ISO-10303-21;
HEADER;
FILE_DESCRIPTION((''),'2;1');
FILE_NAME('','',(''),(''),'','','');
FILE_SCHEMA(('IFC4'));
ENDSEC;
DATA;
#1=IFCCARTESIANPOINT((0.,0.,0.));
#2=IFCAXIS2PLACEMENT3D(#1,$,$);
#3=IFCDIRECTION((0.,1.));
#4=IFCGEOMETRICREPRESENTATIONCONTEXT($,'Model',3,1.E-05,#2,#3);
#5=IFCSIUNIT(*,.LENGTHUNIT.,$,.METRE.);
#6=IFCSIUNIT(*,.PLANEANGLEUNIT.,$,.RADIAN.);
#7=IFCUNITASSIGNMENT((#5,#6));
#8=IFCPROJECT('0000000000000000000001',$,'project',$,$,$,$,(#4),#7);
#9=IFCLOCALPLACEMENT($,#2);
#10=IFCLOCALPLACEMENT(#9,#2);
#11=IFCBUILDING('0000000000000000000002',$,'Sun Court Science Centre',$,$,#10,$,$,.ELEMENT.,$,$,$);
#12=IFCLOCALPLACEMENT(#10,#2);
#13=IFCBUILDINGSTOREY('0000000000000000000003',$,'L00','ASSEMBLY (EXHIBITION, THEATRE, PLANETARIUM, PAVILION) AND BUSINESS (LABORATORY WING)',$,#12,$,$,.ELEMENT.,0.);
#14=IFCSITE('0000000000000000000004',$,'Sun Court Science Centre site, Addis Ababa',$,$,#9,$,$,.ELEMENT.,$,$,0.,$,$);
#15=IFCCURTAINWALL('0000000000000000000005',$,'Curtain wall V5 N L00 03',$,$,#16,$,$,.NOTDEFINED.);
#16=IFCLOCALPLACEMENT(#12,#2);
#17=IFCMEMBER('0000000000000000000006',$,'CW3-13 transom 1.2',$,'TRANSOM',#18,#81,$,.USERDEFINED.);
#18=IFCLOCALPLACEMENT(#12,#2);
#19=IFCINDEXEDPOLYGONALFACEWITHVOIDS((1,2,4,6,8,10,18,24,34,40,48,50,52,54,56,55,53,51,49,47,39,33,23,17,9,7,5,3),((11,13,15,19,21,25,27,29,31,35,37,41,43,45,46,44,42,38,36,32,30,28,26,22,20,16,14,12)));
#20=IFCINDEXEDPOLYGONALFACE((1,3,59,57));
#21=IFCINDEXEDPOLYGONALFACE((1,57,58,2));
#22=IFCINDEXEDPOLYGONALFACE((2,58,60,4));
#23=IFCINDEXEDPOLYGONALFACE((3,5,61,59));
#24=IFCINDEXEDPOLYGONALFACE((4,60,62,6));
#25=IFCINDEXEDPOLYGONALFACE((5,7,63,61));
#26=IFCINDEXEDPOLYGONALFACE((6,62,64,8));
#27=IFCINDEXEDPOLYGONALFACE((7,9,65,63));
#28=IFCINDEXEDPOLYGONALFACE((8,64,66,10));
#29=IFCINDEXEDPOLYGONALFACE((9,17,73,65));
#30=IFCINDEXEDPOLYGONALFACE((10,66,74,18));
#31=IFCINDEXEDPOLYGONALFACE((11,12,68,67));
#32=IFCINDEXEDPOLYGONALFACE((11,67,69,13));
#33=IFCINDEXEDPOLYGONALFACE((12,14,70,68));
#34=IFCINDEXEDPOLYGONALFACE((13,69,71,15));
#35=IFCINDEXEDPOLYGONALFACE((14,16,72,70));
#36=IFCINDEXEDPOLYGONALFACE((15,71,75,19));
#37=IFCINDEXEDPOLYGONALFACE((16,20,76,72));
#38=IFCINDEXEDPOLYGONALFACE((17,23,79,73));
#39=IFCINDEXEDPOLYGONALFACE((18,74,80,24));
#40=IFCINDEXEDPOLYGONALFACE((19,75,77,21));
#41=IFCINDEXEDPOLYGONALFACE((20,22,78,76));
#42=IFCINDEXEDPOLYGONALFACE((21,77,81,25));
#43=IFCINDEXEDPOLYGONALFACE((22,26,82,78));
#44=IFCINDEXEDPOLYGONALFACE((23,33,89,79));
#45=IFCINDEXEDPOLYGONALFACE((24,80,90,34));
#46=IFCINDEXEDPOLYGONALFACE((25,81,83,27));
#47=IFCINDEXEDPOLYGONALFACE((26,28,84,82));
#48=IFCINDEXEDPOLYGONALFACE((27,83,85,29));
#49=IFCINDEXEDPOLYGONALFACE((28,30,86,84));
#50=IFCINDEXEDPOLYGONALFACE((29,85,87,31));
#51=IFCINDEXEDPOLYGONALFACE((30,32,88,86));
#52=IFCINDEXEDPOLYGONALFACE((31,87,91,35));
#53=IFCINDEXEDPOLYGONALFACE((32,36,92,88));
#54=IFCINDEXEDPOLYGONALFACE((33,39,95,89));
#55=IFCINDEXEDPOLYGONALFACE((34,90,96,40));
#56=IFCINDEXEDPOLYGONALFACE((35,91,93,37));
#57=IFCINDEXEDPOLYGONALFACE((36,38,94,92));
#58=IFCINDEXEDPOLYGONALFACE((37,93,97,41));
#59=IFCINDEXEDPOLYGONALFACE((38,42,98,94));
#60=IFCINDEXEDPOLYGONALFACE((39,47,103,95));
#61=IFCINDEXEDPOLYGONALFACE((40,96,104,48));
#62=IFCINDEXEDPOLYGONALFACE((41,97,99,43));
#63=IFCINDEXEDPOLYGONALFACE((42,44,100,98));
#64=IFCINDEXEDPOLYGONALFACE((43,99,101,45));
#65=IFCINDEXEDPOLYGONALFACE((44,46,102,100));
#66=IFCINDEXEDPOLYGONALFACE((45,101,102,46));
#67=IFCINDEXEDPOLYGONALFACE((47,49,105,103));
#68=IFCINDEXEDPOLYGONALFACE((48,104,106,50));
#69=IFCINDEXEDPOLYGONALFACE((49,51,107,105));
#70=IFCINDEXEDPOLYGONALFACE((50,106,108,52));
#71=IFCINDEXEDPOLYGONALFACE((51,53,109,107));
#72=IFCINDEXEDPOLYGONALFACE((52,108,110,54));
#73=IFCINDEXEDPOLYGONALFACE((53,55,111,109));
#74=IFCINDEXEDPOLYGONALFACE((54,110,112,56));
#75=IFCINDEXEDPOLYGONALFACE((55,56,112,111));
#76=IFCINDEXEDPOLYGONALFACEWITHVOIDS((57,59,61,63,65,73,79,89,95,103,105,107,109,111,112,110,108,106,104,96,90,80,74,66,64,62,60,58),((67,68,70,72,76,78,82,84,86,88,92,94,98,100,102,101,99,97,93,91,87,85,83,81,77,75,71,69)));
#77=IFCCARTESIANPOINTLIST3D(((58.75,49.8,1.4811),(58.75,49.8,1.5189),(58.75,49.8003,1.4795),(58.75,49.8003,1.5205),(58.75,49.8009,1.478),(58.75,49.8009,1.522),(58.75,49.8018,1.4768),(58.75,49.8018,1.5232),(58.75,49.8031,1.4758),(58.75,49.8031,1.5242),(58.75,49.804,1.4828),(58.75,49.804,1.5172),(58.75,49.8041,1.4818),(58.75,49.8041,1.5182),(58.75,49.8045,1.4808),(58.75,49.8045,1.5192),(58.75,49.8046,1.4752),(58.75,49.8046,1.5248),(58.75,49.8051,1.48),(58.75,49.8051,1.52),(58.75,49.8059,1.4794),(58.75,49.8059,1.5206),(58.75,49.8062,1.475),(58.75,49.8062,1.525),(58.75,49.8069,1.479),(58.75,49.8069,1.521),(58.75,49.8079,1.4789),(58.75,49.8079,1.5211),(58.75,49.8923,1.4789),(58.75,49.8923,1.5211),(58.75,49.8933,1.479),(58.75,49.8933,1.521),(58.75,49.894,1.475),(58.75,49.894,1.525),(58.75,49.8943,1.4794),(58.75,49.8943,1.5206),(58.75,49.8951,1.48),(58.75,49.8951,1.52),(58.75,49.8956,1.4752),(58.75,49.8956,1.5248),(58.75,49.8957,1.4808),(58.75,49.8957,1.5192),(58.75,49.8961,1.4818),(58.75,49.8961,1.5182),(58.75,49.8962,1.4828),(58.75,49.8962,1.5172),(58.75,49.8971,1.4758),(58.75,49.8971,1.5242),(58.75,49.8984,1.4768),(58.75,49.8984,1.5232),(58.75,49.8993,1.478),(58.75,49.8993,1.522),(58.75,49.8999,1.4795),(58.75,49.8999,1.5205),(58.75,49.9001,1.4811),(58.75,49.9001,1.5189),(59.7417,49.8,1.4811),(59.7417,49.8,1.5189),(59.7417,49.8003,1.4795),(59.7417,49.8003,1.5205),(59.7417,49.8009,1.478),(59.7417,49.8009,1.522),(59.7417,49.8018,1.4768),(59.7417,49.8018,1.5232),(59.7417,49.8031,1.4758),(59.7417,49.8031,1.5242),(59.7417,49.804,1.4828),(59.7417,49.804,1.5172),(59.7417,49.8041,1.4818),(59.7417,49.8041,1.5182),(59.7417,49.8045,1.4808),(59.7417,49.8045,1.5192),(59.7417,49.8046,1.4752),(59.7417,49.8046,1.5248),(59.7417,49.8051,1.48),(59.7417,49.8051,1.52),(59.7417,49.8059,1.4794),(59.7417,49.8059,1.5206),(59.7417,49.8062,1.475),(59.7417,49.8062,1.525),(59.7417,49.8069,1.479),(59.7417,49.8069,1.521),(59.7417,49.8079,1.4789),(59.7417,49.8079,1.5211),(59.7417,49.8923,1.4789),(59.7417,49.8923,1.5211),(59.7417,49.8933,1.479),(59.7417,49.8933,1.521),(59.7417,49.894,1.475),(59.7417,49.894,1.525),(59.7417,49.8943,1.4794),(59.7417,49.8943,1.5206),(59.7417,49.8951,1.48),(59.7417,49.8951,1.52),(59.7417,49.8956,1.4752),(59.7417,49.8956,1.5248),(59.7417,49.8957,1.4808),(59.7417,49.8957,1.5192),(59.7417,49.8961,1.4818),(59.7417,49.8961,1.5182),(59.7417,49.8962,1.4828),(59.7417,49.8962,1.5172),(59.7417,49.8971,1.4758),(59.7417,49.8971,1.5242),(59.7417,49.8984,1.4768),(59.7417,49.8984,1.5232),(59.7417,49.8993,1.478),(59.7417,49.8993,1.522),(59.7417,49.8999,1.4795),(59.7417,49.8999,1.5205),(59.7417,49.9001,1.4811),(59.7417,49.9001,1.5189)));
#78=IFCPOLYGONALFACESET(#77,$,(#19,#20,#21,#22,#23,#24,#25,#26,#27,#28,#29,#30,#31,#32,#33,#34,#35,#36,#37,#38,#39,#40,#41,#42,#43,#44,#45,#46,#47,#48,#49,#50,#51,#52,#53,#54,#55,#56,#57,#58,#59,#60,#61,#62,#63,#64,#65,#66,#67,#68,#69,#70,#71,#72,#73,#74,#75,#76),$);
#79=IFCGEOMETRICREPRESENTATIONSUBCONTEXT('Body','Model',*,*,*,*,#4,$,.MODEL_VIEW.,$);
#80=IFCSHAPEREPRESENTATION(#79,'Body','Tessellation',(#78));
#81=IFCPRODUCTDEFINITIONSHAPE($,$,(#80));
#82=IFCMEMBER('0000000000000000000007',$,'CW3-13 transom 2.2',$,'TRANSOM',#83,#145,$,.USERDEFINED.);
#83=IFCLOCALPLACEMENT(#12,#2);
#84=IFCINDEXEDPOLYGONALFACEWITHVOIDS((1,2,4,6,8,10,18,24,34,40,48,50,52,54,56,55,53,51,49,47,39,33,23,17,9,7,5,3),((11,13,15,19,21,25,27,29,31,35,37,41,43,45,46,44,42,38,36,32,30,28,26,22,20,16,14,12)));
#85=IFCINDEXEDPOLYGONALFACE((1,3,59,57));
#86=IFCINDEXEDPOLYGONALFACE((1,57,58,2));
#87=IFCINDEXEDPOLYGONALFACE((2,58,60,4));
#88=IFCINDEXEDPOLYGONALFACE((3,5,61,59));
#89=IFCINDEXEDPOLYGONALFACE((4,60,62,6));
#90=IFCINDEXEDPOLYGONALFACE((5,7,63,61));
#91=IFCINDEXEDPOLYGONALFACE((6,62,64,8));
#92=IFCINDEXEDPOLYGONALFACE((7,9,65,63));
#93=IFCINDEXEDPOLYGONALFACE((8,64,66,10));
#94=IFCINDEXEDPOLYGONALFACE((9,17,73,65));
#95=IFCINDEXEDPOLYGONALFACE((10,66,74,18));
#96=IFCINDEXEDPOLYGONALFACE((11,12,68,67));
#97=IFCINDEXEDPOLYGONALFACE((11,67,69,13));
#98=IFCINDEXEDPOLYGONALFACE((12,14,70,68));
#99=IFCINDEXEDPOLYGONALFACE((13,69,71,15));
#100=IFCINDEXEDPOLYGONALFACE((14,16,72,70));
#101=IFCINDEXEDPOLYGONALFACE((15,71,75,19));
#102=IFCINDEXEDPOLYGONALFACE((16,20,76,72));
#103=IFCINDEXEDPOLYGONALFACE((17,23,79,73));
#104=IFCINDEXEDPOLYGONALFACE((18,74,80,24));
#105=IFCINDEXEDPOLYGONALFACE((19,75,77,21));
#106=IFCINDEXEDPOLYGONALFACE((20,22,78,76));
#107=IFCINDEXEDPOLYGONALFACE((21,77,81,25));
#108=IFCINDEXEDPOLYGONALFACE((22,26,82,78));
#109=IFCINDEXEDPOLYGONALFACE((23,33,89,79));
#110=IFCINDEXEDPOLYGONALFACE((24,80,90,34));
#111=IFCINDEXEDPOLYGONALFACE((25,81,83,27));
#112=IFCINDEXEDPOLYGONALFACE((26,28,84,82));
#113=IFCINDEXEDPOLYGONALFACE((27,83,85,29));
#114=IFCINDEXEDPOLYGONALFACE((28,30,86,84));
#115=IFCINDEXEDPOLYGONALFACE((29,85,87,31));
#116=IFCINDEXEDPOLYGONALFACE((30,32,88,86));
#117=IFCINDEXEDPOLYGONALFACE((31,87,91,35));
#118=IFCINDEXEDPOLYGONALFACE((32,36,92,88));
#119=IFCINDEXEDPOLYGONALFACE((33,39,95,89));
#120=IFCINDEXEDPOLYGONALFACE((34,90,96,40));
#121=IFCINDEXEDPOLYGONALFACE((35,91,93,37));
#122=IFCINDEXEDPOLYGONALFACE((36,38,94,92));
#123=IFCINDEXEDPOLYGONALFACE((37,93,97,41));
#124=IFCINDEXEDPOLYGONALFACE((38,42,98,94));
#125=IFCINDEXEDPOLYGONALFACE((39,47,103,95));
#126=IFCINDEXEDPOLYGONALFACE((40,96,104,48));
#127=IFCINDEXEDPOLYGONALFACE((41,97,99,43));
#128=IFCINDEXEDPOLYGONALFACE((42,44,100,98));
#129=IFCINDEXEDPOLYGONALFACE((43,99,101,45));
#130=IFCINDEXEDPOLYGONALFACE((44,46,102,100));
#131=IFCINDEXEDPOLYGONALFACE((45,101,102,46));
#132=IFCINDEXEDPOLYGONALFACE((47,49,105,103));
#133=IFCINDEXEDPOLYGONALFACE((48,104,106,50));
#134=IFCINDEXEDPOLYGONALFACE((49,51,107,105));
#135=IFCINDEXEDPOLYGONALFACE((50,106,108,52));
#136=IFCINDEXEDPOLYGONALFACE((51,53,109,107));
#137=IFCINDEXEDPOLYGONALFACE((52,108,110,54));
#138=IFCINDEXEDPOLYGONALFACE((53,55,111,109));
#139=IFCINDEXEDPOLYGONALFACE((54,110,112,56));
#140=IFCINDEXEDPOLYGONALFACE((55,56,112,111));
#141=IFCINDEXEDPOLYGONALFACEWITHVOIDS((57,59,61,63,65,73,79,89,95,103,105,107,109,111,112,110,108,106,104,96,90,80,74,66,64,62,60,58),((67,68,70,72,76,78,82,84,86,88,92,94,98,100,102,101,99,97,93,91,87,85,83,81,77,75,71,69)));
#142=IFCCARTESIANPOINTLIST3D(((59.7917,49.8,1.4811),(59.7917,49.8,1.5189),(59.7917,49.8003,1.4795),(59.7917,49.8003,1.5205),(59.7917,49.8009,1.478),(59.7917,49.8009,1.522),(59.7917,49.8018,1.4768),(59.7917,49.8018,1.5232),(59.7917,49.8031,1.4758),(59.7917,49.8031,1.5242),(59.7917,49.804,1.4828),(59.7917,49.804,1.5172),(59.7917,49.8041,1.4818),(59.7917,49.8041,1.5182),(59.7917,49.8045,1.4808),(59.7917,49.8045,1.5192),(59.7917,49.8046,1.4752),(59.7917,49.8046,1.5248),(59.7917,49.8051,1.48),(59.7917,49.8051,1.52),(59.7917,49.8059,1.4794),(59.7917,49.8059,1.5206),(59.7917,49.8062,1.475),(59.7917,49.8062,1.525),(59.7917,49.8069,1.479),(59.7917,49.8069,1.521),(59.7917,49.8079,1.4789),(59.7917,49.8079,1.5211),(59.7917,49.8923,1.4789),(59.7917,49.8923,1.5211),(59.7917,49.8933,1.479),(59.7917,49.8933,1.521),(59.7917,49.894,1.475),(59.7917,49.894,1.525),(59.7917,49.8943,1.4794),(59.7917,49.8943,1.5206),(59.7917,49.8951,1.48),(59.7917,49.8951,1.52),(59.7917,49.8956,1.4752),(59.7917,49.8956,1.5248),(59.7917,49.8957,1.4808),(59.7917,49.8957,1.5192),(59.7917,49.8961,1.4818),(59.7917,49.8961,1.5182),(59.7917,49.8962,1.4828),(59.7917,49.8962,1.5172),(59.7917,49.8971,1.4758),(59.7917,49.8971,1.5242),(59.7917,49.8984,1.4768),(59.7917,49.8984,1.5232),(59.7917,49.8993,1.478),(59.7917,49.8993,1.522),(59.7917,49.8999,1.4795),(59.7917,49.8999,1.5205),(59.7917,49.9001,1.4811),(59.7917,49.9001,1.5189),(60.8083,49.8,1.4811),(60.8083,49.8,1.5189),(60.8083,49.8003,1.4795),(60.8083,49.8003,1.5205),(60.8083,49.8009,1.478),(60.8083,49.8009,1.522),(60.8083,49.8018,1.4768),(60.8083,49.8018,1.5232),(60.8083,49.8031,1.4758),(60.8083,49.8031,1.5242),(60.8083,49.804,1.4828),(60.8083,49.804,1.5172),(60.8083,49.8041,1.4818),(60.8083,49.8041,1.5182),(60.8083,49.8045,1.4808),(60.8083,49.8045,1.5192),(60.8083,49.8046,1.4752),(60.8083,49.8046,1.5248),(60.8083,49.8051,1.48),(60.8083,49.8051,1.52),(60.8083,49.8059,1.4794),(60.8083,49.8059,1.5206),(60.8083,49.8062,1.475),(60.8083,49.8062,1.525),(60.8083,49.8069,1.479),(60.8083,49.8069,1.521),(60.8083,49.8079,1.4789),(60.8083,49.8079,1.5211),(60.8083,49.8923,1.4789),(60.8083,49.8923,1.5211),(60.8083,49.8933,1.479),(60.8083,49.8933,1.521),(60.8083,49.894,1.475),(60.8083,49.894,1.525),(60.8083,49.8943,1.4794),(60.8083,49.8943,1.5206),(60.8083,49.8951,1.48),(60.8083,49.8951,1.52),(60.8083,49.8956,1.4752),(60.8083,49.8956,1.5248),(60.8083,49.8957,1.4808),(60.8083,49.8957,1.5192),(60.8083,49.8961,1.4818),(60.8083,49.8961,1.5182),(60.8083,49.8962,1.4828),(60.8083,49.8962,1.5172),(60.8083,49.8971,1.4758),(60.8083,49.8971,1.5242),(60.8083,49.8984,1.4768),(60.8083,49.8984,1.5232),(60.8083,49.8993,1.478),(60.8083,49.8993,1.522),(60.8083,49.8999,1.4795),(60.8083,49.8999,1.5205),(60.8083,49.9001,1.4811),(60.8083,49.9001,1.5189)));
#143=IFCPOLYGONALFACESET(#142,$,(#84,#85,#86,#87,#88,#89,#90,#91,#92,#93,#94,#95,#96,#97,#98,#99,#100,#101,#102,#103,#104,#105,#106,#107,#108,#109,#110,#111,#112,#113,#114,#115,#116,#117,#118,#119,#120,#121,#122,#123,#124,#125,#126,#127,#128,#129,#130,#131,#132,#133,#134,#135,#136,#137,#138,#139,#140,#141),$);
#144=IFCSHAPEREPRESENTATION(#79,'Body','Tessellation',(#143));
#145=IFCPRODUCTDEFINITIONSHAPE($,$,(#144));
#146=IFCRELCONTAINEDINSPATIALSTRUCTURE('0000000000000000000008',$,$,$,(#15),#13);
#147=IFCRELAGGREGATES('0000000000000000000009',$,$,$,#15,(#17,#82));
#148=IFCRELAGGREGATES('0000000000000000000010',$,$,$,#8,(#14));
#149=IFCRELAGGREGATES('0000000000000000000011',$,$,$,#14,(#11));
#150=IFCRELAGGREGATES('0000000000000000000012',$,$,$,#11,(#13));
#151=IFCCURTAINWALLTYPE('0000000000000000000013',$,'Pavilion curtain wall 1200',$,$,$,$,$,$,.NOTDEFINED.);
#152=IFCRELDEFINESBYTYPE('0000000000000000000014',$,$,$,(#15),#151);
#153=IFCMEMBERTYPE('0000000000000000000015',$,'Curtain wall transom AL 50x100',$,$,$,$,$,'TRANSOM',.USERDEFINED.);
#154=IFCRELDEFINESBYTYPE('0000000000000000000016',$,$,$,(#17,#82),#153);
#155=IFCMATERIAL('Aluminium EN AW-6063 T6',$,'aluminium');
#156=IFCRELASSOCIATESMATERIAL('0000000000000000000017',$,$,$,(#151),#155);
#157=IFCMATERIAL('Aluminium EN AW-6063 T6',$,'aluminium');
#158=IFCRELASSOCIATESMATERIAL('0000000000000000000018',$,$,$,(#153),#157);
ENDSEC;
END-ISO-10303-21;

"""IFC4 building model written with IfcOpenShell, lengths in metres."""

from ifc_helpers import new_model, si_unit, direction, frame, origin, origin_2d, place, context, subcontext, project, spatial, hollow_rectangle, extrude, material, material_profile, profile_set, type_object, element, aggregate, save


model = new_model("IFC4")

# Units and contexts
model_context = context("Model", 3, precision=1e-05, world=origin(), true_north=direction((0.0, 1.0)))
body_context = subcontext(model_context, "Body", "Model", "MODEL_VIEW")
ifc_project = project(units=[si_unit("LENGTHUNIT", "METRE"), si_unit("PLANEANGLEUNIT", "RADIAN")], contexts=[model_context])

# Site, building, storey
site_placement = place(None, origin())
site = spatial("IfcSite", under=ifc_project, at=site_placement, Name="Sun Court Science Centre site, Addis Ababa", CompositionType="ELEMENT", RefElevation=0.0)
building_placement = place(site_placement, origin())
building = spatial("IfcBuilding", under=site, at=building_placement, Name="Sun Court Science Centre", CompositionType="ELEMENT")
storey_placement = place(building_placement, origin())
storey = spatial("IfcBuildingStorey", under=building, at=storey_placement, Name="L00", Description="ASSEMBLY (EXHIBITION, THEATRE, PLANETARIUM, PAVILION) AND BUSINESS (LABORATORY WING)", CompositionType="ELEMENT", Elevation=0.0)

# Curtain wall
ifc_material_1 = material(Name="Aluminium EN AW-6063 T6", Category="aluminium")
curtain_wall_type = type_object("IfcCurtainWallType", Name="Pavilion curtain wall 1200", PredefinedType="NOTDEFINED", material=ifc_material_1)
curtain_wall_1_placement = place(storey_placement, origin())
curtain_wall_1 = element("IfcCurtainWall", 1, at=curtain_wall_1_placement, inside=storey, type_object=curtain_wall_type, Name="Curtain wall V5 N L00 03", PredefinedType="NOTDEFINED")

# Members
ifc_material_2 = material(Name="Aluminium EN AW-6063 T6", Category="aluminium")
ifc_material_profile_1 = material_profile(ifc_material_2, hollow_rectangle(XDim=0.05, YDim=0.1001, WallThickness=0.0039, InnerFilletRadius=0.0039, OuterFilletRadius=0.0061, at=origin_2d()), Name="AL 50x100x4")
ifc_profile_set_1 = profile_set([ifc_material_profile_1], Name="Aluminium EN AW-6063 T6")
member_type_1 = type_object("IfcMemberType", Name="Curtain wall transom AL 50x100", ElementType="TRANSOM", PredefinedType="USERDEFINED", material=ifc_profile_set_1)
member_1_placement = place(storey_placement, frame((58.75, 49.8501, 1.5), z_axis=(1.0, 0.0, 0.0), x_axis=(0.0, 0.0, 1.0)))
member_1 = element("IfcMember", 2, at=member_1_placement, type_object=member_type_1, Name="CW3-13 transom 1.2", ObjectType="TRANSOM", PredefinedType="USERDEFINED", context=body_context, shape_type="SweptSolid", body=[
    extrude(hollow_rectangle(XDim=0.05, YDim=0.1001, WallThickness=0.0039, InnerFilletRadius=0.0039, OuterFilletRadius=0.0061, at=origin_2d()), origin(), (0.0, 0.0, 1.0), 0.9917),
])
member_2_placement = place(storey_placement, frame((59.7917, 49.8501, 1.5), z_axis=(1.0, 0.0, 0.0), x_axis=(0.0, 0.0, 1.0)))
member_2 = element("IfcMember", 3, at=member_2_placement, type_object=member_type_1, Name="CW3-13 transom 2.2", ObjectType="TRANSOM", PredefinedType="USERDEFINED", context=body_context, shape_type="SweptSolid", body=[
    extrude(hollow_rectangle(XDim=0.05, YDim=0.1001, WallThickness=0.0039, InnerFilletRadius=0.0039, OuterFilletRadius=0.0061, at=origin_2d()), origin(), (0.0, 0.0, 1.0), 1.0166),
])

aggregate(curtain_wall_1, [member_1, member_2])

save(model, "model.ifc")
